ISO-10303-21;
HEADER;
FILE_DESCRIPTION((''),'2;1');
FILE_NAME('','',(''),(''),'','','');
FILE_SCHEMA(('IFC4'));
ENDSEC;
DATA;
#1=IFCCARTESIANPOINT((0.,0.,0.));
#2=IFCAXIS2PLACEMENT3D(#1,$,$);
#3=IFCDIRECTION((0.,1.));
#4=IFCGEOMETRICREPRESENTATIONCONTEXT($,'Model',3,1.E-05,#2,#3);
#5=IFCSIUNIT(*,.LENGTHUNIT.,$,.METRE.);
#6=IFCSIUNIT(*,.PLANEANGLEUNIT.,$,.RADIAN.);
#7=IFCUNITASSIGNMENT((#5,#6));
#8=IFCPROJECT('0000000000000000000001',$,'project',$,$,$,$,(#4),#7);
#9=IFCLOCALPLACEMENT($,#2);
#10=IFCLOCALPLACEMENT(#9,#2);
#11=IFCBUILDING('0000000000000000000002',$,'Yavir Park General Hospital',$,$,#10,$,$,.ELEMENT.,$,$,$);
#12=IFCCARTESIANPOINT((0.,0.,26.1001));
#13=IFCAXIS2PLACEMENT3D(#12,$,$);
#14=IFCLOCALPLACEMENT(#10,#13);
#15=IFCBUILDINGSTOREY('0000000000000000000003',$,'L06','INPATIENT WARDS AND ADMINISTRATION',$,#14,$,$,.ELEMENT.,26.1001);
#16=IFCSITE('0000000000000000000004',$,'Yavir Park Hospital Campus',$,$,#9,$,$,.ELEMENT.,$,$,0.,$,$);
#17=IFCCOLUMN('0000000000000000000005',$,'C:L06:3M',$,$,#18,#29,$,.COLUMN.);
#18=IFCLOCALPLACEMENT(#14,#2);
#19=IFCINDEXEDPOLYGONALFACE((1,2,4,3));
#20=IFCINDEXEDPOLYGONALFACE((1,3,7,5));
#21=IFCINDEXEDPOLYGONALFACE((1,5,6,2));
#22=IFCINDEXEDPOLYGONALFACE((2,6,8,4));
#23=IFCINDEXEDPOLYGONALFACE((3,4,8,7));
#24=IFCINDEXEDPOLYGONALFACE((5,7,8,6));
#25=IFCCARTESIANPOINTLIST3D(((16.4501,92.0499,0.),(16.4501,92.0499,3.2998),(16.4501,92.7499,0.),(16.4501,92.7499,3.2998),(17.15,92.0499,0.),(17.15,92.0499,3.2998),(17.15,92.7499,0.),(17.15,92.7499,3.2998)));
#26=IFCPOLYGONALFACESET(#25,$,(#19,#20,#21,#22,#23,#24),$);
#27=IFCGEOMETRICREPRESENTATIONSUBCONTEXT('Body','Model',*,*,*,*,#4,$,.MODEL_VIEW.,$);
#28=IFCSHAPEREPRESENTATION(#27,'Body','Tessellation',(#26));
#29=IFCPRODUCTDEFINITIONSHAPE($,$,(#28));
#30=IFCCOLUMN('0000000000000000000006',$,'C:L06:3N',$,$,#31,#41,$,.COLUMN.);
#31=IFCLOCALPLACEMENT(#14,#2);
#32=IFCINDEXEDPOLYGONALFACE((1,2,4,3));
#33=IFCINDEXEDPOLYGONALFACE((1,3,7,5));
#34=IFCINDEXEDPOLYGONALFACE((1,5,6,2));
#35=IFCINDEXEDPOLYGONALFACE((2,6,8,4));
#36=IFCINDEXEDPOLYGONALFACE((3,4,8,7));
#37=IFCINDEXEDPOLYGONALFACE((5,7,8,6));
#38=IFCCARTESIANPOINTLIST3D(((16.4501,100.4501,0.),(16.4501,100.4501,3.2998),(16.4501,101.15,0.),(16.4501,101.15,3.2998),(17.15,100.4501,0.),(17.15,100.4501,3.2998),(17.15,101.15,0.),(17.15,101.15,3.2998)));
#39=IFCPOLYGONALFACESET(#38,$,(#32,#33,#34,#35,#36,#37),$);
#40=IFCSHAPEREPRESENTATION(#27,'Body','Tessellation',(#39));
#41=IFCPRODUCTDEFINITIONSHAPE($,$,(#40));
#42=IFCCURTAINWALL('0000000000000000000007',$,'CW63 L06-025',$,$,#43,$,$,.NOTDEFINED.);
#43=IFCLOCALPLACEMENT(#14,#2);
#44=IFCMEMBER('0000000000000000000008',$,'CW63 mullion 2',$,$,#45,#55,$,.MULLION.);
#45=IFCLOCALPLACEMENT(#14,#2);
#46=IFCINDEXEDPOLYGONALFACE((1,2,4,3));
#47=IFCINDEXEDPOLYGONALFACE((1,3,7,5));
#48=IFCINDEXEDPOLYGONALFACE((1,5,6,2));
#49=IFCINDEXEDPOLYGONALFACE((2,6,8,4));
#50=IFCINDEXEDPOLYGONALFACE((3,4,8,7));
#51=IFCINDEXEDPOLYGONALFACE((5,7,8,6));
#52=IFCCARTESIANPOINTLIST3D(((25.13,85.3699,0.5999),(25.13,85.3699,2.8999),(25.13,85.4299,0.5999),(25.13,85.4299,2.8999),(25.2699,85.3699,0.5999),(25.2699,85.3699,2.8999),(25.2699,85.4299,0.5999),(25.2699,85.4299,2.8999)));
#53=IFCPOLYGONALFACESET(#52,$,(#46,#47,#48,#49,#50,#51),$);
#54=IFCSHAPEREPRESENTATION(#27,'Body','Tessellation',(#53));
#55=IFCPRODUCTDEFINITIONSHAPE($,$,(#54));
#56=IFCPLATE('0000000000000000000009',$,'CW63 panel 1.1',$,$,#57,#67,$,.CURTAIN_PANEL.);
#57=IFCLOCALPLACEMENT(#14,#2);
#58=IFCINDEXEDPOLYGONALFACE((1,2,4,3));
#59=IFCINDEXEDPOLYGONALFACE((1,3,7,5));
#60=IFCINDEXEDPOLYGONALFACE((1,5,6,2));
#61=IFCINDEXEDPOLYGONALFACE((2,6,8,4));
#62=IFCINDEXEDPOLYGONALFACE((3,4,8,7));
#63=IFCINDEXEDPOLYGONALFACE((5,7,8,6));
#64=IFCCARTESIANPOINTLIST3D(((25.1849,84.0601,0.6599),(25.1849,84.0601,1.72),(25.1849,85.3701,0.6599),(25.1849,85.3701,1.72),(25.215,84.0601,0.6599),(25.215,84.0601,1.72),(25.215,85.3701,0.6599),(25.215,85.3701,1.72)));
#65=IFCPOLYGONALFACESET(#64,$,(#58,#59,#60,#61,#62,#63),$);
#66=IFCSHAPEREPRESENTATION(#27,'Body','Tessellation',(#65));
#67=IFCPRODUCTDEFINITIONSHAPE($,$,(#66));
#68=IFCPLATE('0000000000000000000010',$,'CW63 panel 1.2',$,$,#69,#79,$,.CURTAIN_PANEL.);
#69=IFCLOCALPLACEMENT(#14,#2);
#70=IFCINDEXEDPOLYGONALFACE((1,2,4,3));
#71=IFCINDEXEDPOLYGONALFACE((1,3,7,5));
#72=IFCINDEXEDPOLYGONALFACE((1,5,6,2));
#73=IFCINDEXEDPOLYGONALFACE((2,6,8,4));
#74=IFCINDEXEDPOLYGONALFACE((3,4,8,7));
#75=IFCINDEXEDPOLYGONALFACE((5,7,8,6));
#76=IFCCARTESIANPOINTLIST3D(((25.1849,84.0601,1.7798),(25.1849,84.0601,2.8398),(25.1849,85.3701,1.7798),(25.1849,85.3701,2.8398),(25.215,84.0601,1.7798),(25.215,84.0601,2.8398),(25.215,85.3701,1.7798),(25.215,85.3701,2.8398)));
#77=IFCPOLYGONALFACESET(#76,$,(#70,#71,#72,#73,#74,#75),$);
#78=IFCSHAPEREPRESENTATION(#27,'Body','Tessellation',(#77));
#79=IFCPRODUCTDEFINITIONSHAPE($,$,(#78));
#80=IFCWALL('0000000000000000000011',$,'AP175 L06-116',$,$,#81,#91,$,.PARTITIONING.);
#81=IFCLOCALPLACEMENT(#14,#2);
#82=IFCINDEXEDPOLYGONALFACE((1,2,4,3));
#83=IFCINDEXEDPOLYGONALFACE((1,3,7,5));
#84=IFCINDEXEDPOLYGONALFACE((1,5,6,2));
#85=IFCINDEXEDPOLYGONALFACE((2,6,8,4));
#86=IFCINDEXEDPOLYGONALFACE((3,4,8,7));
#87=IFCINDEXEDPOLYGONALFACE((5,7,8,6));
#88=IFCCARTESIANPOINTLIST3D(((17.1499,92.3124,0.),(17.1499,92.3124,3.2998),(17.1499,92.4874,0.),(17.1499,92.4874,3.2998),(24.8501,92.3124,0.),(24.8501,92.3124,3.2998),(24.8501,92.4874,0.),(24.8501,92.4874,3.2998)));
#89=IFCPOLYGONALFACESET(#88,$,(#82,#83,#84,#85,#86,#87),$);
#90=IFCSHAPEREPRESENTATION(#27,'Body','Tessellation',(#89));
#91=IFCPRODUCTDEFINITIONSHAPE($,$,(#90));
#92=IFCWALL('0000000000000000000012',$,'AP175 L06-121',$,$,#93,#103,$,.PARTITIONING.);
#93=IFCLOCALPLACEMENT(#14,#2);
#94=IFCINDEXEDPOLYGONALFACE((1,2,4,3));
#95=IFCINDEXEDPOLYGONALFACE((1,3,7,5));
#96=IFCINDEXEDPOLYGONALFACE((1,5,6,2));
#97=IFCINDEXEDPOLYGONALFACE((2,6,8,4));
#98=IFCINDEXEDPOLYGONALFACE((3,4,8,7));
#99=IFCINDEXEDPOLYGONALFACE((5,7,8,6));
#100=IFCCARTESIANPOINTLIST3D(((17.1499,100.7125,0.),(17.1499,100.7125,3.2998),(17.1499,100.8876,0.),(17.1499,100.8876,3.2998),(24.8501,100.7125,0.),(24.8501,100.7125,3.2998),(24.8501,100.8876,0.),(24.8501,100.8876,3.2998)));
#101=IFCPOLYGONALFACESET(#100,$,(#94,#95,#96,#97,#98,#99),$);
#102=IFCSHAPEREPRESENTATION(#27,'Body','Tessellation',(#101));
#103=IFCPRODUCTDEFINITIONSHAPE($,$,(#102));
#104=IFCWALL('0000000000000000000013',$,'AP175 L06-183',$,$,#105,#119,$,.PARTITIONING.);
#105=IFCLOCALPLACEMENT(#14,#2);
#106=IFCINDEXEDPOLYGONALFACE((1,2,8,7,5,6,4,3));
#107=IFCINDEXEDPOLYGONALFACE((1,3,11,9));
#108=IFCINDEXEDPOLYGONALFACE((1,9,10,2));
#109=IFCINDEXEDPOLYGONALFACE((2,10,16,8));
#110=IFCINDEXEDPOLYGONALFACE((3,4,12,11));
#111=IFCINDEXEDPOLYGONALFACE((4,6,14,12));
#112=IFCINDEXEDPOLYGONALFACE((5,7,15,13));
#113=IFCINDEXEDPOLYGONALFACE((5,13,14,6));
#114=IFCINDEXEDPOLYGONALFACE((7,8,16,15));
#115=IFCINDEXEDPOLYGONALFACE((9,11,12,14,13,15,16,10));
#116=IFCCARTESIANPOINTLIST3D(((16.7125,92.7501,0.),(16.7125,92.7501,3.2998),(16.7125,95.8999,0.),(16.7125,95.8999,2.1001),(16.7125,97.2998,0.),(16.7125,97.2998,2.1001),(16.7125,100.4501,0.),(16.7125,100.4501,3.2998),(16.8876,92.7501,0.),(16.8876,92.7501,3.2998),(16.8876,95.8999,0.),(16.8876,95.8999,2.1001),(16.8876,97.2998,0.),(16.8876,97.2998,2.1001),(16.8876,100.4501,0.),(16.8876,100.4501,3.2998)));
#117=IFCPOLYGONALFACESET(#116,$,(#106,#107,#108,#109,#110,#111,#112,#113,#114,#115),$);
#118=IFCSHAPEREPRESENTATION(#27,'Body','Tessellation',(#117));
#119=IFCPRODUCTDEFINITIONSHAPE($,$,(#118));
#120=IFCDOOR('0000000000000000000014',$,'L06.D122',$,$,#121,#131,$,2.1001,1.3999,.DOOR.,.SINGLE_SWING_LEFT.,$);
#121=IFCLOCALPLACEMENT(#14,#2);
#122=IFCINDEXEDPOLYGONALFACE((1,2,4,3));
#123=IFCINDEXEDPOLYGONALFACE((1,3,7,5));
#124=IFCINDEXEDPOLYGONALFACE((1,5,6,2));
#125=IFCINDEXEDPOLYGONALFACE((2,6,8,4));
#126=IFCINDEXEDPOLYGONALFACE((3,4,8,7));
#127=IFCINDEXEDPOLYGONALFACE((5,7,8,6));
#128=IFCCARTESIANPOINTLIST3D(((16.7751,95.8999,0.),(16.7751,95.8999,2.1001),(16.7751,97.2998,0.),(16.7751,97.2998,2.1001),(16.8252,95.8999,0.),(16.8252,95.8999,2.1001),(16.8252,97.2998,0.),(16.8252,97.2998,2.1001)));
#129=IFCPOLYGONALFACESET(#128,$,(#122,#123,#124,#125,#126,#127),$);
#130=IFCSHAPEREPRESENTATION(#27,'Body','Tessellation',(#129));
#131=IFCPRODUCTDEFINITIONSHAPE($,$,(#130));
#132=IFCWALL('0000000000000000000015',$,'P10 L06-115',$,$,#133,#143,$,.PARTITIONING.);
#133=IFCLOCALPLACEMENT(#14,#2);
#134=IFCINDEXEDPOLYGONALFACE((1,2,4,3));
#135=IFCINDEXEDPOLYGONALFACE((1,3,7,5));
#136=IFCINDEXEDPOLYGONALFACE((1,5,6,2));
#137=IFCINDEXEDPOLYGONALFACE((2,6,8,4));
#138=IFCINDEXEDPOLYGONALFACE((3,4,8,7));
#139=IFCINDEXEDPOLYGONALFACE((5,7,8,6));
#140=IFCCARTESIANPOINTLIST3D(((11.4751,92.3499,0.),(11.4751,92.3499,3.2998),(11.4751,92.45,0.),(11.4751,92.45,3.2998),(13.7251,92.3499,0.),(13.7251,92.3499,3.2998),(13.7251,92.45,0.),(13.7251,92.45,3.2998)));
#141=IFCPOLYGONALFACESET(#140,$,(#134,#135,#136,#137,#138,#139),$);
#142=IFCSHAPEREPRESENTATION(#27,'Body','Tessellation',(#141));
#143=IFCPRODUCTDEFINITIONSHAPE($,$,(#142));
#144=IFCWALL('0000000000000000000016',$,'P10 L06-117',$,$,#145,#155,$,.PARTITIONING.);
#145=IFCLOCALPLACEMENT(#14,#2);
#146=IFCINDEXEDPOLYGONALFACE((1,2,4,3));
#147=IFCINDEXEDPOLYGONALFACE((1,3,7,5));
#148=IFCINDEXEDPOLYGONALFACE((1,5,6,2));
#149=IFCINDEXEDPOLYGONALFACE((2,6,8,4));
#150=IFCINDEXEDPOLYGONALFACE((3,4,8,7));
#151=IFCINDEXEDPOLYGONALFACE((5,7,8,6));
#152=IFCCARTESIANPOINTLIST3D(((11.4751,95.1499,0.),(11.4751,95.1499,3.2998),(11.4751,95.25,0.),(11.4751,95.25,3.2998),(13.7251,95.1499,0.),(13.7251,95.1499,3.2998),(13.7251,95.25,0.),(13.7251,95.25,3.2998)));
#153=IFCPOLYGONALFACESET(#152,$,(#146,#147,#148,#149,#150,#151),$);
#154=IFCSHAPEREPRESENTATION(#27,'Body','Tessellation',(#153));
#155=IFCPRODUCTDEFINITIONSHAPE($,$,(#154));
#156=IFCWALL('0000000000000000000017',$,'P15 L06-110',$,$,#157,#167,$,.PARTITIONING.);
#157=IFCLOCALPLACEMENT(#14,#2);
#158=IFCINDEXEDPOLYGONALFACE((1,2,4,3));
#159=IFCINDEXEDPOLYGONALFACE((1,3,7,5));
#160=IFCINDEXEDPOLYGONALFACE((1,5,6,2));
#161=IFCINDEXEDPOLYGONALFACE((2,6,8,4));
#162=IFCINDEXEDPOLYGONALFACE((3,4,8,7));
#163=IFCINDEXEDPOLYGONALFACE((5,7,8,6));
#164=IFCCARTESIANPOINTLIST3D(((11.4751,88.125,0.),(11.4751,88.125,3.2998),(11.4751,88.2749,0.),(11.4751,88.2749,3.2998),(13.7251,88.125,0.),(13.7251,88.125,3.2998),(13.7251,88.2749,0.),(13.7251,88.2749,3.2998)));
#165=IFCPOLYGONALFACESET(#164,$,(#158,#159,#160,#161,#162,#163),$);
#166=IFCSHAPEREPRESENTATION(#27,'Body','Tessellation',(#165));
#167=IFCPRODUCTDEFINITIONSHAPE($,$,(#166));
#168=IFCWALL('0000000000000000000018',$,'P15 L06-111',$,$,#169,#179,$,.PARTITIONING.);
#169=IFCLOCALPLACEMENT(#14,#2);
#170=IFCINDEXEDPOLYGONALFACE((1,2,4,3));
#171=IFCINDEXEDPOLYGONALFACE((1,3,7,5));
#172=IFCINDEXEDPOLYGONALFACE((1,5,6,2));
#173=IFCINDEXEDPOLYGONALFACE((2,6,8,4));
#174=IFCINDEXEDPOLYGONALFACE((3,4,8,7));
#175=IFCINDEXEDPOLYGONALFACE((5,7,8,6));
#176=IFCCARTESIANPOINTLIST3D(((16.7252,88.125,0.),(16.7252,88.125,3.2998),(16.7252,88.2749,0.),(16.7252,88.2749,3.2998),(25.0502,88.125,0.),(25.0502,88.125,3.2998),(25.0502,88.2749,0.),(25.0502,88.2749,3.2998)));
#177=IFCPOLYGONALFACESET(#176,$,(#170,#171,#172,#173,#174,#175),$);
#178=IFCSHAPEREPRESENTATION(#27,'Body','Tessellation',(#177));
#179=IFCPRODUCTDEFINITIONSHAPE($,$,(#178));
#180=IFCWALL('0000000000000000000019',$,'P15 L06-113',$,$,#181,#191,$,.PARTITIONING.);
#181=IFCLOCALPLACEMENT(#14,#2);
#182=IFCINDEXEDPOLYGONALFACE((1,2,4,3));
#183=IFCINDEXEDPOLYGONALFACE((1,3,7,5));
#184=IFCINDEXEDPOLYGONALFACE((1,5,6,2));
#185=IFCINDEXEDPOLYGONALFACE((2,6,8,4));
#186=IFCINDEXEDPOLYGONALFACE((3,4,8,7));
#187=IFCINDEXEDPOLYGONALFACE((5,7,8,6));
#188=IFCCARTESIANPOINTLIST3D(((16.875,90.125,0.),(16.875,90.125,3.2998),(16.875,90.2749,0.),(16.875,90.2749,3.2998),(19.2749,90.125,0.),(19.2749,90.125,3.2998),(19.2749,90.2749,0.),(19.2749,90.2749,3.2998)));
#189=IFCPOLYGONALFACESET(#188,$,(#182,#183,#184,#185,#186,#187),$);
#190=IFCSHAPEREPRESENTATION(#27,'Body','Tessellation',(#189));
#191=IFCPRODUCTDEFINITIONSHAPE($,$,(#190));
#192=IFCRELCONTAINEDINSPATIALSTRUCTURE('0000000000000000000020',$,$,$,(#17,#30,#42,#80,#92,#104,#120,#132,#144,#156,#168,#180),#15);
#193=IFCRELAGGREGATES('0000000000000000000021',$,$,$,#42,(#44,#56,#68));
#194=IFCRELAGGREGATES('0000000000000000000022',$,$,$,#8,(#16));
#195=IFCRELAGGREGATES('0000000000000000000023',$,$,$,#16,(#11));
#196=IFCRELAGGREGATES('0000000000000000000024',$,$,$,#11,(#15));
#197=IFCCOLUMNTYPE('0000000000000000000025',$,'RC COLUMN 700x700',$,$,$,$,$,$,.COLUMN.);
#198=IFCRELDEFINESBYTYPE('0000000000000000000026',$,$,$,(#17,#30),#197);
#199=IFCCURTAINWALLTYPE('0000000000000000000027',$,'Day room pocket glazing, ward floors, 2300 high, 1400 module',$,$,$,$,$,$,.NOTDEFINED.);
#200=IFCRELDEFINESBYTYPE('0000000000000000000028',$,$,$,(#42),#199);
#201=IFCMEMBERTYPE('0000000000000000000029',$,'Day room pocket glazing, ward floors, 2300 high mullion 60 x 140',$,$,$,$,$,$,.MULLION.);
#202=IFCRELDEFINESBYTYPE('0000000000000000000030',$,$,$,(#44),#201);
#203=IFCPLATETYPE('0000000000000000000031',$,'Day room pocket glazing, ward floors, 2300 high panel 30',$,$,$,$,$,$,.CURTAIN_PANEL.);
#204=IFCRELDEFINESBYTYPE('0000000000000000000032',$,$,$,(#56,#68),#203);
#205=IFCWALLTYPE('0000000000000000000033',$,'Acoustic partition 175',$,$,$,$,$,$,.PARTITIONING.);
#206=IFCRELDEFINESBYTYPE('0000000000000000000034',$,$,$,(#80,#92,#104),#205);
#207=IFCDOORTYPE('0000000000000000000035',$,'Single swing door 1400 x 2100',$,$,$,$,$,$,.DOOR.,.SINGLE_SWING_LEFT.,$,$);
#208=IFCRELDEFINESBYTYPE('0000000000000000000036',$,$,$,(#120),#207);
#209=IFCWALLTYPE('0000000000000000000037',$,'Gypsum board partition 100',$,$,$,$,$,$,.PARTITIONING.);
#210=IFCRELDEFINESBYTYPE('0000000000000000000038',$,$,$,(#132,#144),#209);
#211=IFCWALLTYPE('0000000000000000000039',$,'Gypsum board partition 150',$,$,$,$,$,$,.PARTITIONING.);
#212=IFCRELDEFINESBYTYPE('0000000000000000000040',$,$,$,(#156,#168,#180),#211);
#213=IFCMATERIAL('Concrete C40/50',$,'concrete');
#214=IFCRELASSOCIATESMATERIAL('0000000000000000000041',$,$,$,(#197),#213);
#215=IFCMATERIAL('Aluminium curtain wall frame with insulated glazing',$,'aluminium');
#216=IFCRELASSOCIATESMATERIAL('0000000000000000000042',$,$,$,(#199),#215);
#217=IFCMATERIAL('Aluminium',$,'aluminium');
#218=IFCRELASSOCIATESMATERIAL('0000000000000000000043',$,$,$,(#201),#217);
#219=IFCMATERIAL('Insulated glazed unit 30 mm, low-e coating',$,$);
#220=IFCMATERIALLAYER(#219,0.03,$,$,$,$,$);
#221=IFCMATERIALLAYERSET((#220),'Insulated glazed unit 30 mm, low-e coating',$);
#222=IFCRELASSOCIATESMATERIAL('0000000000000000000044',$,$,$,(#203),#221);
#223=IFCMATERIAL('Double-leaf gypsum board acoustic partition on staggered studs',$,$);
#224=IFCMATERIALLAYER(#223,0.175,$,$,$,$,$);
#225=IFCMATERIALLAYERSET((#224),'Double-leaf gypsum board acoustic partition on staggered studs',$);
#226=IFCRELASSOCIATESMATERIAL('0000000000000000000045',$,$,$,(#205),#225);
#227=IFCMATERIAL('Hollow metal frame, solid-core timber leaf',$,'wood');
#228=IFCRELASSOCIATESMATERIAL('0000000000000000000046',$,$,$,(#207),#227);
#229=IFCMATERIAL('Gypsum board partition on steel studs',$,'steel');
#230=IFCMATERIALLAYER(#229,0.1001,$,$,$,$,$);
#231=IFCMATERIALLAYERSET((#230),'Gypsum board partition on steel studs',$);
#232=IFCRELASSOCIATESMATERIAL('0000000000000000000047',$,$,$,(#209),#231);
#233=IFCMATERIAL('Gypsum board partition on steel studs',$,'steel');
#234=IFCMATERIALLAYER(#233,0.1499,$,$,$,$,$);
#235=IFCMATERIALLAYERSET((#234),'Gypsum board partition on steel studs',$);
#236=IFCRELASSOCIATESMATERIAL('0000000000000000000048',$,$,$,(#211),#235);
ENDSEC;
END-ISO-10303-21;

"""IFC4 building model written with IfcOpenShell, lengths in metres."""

from ifc_helpers import new_model, si_unit, direction, frame, frame_2d, origin, origin_2d, place, context, subcontext, project, spatial, rectangle, extrude, material, layer, layer_set, material_profile, profile_set, type_object, element, fill, aggregate, save


model = new_model("IFC4")

# Units and contexts
model_context = context("Model", 3, precision=1e-05, world=origin(), true_north=direction((0.0, 1.0)))
body_context = subcontext(model_context, "Body", "Model", "MODEL_VIEW")
ifc_project = project(units=[si_unit("LENGTHUNIT", "METRE"), si_unit("PLANEANGLEUNIT", "RADIAN")], contexts=[model_context])

# Site, building, storey
site_placement = place(None, origin())
site = spatial("IfcSite", under=ifc_project, at=site_placement, Name="Yavir Park Hospital Campus", CompositionType="ELEMENT", RefElevation=0.0)
building_placement = place(site_placement, origin())
building = spatial("IfcBuilding", under=site, at=building_placement, Name="Yavir Park General Hospital", CompositionType="ELEMENT")
storey_placement = place(building_placement, frame((0.0, 0.0, 26.1001)))
storey = spatial("IfcBuildingStorey", under=building, at=storey_placement, Name="L06", Description="INPATIENT WARDS AND ADMINISTRATION", CompositionType="ELEMENT", Elevation=26.1001)

# Columns
ifc_material_1 = material(Name="Concrete C40/50", Category="concrete")
ifc_material_profile_1 = material_profile(ifc_material_1, rectangle(XDim=0.7, YDim=0.7, at=origin_2d()), Name="RC700x700")
ifc_profile_set_1 = profile_set([ifc_material_profile_1], Name="Concrete C40/50")
column_type = type_object("IfcColumnType", Name="RC COLUMN 700x700", PredefinedType="COLUMN", material=ifc_profile_set_1)
for number, where, z_axis, x_axis, name in (
    (1, (16.8, 92.3999, 0.0), (0.0, 0.0, 1.0), (1.0, 0.0, 0.0), "C:L06:3M"),
    (2, (16.8, 100.8, 0.0), (0.0, 0.0, 1.0), (1.0, 0.0, 0.0), "C:L06:3N"),
):
    element("IfcColumn", number, at=place(storey_placement, frame(where, z_axis=z_axis, x_axis=x_axis)), inside=storey, type_object=column_type, Name=name, PredefinedType="COLUMN", context=body_context, shape_type="SweptSolid", body=[
        extrude(rectangle(XDim=0.7, YDim=0.7, at=origin_2d()), origin(), (0.0, 0.0, 1.0), 3.2998),
    ])

# Curtain wall, member, plates
ifc_material_2 = material(Name="Aluminium curtain wall frame with insulated glazing", Category="aluminium")
curtain_wall_type = type_object("IfcCurtainWallType", Name="Day room pocket glazing, ward floors, 2300 high, 1400 module", PredefinedType="NOTDEFINED", material=ifc_material_2)
curtain_wall_placement = place(storey_placement, origin())
curtain_wall = element("IfcCurtainWall", 3, at=curtain_wall_placement, inside=storey, type_object=curtain_wall_type, Name="CW63 L06-025", PredefinedType="NOTDEFINED")
ifc_material_3 = material(Name="Aluminium", Category="aluminium")
ifc_material_profile_2 = material_profile(ifc_material_3, rectangle(XDim=0.1399, YDim=0.0601, at=origin_2d()), Name="AL 60x140")
ifc_profile_set_2 = profile_set([ifc_material_profile_2], Name="Aluminium")
member_type = type_object("IfcMemberType", Name="Day room pocket glazing, ward floors, 2300 high mullion 60 x 140", PredefinedType="MULLION", material=ifc_profile_set_2)
member_placement = place(storey_placement, frame((25.2, 85.3999, 0.5999), z_axis=(0.0, 0.0, 1.0), x_axis=(-1.0, 0.0, 0.0)))
member = element("IfcMember", 4, at=member_placement, type_object=member_type, Name="CW63 mullion 2", PredefinedType="MULLION", context=body_context, shape_type="SweptSolid", body=[
    extrude(rectangle(XDim=0.1399, YDim=0.0601, at=origin_2d()), origin(), (0.0, 0.0, 1.0), 2.3),
])
ifc_material_4 = material(Name="Insulated glazed unit 30 mm, low-e coating")
ifc_layer_1 = layer(ifc_material_4, 0.03)
ifc_layer_set_1 = layer_set([ifc_layer_1], Name="Insulated glazed unit 30 mm, low-e coating")
plate_type = type_object("IfcPlateType", Name="Day room pocket glazing, ward floors, 2300 high panel 30", PredefinedType="CURTAIN_PANEL", material=ifc_layer_set_1)
plate_1_placement = place(storey_placement, frame((25.2, 84.7151, 0.6599), z_axis=(0.0, 0.0, 1.0), x_axis=(0.0, 1.0, 0.0)))
plate_1 = element("IfcPlate", 5, at=plate_1_placement, type_object=plate_type, Name="CW63 panel 1.1", PredefinedType="CURTAIN_PANEL", context=body_context, shape_type="SweptSolid", body=[
    extrude(rectangle(XDim=1.3101, YDim=0.03, at=origin_2d()), origin(), (0.0, 0.0, 1.0), 1.0601),
])
plate_2_placement = place(storey_placement, frame((25.2, 84.7151, 1.7798), z_axis=(0.0, 0.0, 1.0), x_axis=(0.0, 1.0, 0.0)))
plate_2 = element("IfcPlate", 6, at=plate_2_placement, type_object=plate_type, Name="CW63 panel 1.2", PredefinedType="CURTAIN_PANEL", context=body_context, shape_type="SweptSolid", body=[
    extrude(rectangle(XDim=1.3101, YDim=0.03, at=origin_2d()), origin(), (0.0, 0.0, 1.0), 1.0601),
])
aggregate(curtain_wall, [member, plate_1, plate_2])

# Walls
ifc_material_5 = material(Name="Double-leaf gypsum board acoustic partition on staggered studs")
ifc_layer_2 = layer(ifc_material_5, 0.175)
ifc_layer_set_2 = layer_set([ifc_layer_2], Name="Double-leaf gypsum board acoustic partition on staggered studs")
wall_type_1 = type_object("IfcWallType", Name="Acoustic partition 175", PredefinedType="PARTITIONING", material=ifc_layer_set_2)
for number, where, z_axis, x_axis, name in (
    (7, (17.1499, 92.3999, 0.0), (0.0, 0.0, 1.0), (1.0, 0.0, 0.0), "AP175 L06-116"),
    (8, (17.1499, 100.8, 0.0), (0.0, 0.0, 1.0), (1.0, 0.0, 0.0), "AP175 L06-121"),
):
    element("IfcWall", number, at=place(storey_placement, frame(where, z_axis=z_axis, x_axis=x_axis)), inside=storey, type_object=wall_type_1, Name=name, PredefinedType="PARTITIONING", context=body_context, shape_type="SweptSolid", body=[
        extrude(rectangle(XDim=7.7002, YDim=0.175, at=frame_2d((3.8501, 0.0))), origin(), (0.0, 0.0, 1.0), 3.2998),
    ])

# Wall, opening, door
wall_1_placement = place(storey_placement, frame((16.8, 92.75, 0.0), z_axis=(0.0, 0.0, 1.0), x_axis=(0.0, 1.0, 0.0)))
wall_1 = element("IfcWall", 9, at=wall_1_placement, inside=storey, type_object=wall_type_1, Name="AP175 L06-183", PredefinedType="PARTITIONING", context=body_context, shape_type="SweptSolid", body=[
    extrude(rectangle(XDim=7.7, YDim=0.175, at=frame_2d((3.8501, 0.0))), origin(), (0.0, 0.0, 1.0), 3.2998),
])
opening_1_placement = place(wall_1_placement, frame((3.1499, 0.0, 0.0)))
opening_1 = element("IfcOpeningElement", 10, at=opening_1_placement, cuts=wall_1, PredefinedType="OPENING", context=body_context, shape_type="SweptSolid", body=[
    extrude(rectangle(XDim=1.3999, YDim=2.1001, at=frame_2d((0.7, 1.05))), frame((0.0, 0.0974, 0.0), z_axis=(0.0, -1.0, 0.0), x_axis=(1.0, 0.0, 0.0)), (0.0, 0.0, 1.0), 0.1951),
])
ifc_material_6 = material(Name="Hollow metal frame, solid-core timber leaf", Category="wood")
door_type_1 = type_object("IfcDoorType", Name="Single swing door 1400 x 2100", OperationType="SINGLE_SWING_LEFT", PredefinedType="DOOR", material=ifc_material_6)
door_1_placement = place(opening_1_placement, origin())
door_1 = element("IfcDoor", 11, at=door_1_placement, inside=storey, type_object=door_type_1, Name="L06.D122", OperationType="SINGLE_SWING_LEFT", OverallHeight=2.1001, OverallWidth=1.3999, PredefinedType="DOOR", context=body_context, shape_type="SweptSolid", body=[
    extrude(rectangle(XDim=1.3999, YDim=2.1001, at=frame_2d((0.7, 1.05))), frame((0.0, 0.0249, 0.0), z_axis=(0.0, -1.0, 0.0), x_axis=(1.0, 0.0, 0.0)), (0.0, 0.0, 1.0), 0.05),
])
fill(opening_1, door_1)

# Walls
ifc_material_7 = material(Name="Gypsum board partition on steel studs", Category="steel")
ifc_layer_3 = layer(ifc_material_7, 0.1001)
ifc_layer_set_3 = layer_set([ifc_layer_3], Name="Gypsum board partition on steel studs")
wall_type_2 = type_object("IfcWallType", Name="Gypsum board partition 100", PredefinedType="PARTITIONING", material=ifc_layer_set_3)
for number, where, z_axis, x_axis, name in (
    (12, (11.4751, 92.3999, 0.0), (0.0, 0.0, 1.0), (1.0, 0.0, 0.0), "P10 L06-115"),
    (13, (11.4751, 95.2, 0.0), (0.0, 0.0, 1.0), (1.0, 0.0, 0.0), "P10 L06-117"),
):
    element("IfcWall", number, at=place(storey_placement, frame(where, z_axis=z_axis, x_axis=x_axis)), inside=storey, type_object=wall_type_2, Name=name, PredefinedType="PARTITIONING", context=body_context, shape_type="SweptSolid", body=[
        extrude(rectangle(XDim=2.25, YDim=0.1001, at=frame_2d((1.125, 0.0))), origin(), (0.0, 0.0, 1.0), 3.2998),
    ])
ifc_material_8 = material(Name="Gypsum board partition on steel studs", Category="steel")
ifc_layer_4 = layer(ifc_material_8, 0.1499)
ifc_layer_set_4 = layer_set([ifc_layer_4], Name="Gypsum board partition on steel studs")
wall_type_3 = type_object("IfcWallType", Name="Gypsum board partition 150", PredefinedType="PARTITIONING", material=ifc_layer_set_4)
wall_2_placement = place(storey_placement, frame((11.4751, 88.2, 0.0), z_axis=(0.0, 0.0, 1.0), x_axis=(1.0, 0.0, 0.0)))
element("IfcWall", 14, at=wall_2_placement, inside=storey, type_object=wall_type_3, Name="P15 L06-110", PredefinedType="PARTITIONING", context=body_context, shape_type="SweptSolid", body=[
    extrude(rectangle(XDim=2.25, YDim=0.1499, at=frame_2d((1.125, 0.0))), origin(), (0.0, 0.0, 1.0), 3.2998),
])
wall_3_placement = place(storey_placement, frame((16.7251, 88.2, 0.0), z_axis=(0.0, 0.0, 1.0), x_axis=(1.0, 0.0, 0.0)))
element("IfcWall", 15, at=wall_3_placement, inside=storey, type_object=wall_type_3, Name="P15 L06-111", PredefinedType="PARTITIONING", context=body_context, shape_type="SweptSolid", body=[
    extrude(rectangle(XDim=8.325, YDim=0.1499, at=frame_2d((4.1626, 0.0))), origin(), (0.0, 0.0, 1.0), 3.2998),
])
wall_4_placement = place(storey_placement, frame((16.875, 90.2, 0.0), z_axis=(0.0, 0.0, 1.0), x_axis=(1.0, 0.0, 0.0)))
element("IfcWall", 16, at=wall_4_placement, inside=storey, type_object=wall_type_3, Name="P15 L06-113", PredefinedType="PARTITIONING", context=body_context, shape_type="SweptSolid", body=[
    extrude(rectangle(XDim=2.3999, YDim=0.1499, at=frame_2d((1.2, 0.0))), origin(), (0.0, 0.0, 1.0), 3.2998),
])

save(model, "model.ifc")
